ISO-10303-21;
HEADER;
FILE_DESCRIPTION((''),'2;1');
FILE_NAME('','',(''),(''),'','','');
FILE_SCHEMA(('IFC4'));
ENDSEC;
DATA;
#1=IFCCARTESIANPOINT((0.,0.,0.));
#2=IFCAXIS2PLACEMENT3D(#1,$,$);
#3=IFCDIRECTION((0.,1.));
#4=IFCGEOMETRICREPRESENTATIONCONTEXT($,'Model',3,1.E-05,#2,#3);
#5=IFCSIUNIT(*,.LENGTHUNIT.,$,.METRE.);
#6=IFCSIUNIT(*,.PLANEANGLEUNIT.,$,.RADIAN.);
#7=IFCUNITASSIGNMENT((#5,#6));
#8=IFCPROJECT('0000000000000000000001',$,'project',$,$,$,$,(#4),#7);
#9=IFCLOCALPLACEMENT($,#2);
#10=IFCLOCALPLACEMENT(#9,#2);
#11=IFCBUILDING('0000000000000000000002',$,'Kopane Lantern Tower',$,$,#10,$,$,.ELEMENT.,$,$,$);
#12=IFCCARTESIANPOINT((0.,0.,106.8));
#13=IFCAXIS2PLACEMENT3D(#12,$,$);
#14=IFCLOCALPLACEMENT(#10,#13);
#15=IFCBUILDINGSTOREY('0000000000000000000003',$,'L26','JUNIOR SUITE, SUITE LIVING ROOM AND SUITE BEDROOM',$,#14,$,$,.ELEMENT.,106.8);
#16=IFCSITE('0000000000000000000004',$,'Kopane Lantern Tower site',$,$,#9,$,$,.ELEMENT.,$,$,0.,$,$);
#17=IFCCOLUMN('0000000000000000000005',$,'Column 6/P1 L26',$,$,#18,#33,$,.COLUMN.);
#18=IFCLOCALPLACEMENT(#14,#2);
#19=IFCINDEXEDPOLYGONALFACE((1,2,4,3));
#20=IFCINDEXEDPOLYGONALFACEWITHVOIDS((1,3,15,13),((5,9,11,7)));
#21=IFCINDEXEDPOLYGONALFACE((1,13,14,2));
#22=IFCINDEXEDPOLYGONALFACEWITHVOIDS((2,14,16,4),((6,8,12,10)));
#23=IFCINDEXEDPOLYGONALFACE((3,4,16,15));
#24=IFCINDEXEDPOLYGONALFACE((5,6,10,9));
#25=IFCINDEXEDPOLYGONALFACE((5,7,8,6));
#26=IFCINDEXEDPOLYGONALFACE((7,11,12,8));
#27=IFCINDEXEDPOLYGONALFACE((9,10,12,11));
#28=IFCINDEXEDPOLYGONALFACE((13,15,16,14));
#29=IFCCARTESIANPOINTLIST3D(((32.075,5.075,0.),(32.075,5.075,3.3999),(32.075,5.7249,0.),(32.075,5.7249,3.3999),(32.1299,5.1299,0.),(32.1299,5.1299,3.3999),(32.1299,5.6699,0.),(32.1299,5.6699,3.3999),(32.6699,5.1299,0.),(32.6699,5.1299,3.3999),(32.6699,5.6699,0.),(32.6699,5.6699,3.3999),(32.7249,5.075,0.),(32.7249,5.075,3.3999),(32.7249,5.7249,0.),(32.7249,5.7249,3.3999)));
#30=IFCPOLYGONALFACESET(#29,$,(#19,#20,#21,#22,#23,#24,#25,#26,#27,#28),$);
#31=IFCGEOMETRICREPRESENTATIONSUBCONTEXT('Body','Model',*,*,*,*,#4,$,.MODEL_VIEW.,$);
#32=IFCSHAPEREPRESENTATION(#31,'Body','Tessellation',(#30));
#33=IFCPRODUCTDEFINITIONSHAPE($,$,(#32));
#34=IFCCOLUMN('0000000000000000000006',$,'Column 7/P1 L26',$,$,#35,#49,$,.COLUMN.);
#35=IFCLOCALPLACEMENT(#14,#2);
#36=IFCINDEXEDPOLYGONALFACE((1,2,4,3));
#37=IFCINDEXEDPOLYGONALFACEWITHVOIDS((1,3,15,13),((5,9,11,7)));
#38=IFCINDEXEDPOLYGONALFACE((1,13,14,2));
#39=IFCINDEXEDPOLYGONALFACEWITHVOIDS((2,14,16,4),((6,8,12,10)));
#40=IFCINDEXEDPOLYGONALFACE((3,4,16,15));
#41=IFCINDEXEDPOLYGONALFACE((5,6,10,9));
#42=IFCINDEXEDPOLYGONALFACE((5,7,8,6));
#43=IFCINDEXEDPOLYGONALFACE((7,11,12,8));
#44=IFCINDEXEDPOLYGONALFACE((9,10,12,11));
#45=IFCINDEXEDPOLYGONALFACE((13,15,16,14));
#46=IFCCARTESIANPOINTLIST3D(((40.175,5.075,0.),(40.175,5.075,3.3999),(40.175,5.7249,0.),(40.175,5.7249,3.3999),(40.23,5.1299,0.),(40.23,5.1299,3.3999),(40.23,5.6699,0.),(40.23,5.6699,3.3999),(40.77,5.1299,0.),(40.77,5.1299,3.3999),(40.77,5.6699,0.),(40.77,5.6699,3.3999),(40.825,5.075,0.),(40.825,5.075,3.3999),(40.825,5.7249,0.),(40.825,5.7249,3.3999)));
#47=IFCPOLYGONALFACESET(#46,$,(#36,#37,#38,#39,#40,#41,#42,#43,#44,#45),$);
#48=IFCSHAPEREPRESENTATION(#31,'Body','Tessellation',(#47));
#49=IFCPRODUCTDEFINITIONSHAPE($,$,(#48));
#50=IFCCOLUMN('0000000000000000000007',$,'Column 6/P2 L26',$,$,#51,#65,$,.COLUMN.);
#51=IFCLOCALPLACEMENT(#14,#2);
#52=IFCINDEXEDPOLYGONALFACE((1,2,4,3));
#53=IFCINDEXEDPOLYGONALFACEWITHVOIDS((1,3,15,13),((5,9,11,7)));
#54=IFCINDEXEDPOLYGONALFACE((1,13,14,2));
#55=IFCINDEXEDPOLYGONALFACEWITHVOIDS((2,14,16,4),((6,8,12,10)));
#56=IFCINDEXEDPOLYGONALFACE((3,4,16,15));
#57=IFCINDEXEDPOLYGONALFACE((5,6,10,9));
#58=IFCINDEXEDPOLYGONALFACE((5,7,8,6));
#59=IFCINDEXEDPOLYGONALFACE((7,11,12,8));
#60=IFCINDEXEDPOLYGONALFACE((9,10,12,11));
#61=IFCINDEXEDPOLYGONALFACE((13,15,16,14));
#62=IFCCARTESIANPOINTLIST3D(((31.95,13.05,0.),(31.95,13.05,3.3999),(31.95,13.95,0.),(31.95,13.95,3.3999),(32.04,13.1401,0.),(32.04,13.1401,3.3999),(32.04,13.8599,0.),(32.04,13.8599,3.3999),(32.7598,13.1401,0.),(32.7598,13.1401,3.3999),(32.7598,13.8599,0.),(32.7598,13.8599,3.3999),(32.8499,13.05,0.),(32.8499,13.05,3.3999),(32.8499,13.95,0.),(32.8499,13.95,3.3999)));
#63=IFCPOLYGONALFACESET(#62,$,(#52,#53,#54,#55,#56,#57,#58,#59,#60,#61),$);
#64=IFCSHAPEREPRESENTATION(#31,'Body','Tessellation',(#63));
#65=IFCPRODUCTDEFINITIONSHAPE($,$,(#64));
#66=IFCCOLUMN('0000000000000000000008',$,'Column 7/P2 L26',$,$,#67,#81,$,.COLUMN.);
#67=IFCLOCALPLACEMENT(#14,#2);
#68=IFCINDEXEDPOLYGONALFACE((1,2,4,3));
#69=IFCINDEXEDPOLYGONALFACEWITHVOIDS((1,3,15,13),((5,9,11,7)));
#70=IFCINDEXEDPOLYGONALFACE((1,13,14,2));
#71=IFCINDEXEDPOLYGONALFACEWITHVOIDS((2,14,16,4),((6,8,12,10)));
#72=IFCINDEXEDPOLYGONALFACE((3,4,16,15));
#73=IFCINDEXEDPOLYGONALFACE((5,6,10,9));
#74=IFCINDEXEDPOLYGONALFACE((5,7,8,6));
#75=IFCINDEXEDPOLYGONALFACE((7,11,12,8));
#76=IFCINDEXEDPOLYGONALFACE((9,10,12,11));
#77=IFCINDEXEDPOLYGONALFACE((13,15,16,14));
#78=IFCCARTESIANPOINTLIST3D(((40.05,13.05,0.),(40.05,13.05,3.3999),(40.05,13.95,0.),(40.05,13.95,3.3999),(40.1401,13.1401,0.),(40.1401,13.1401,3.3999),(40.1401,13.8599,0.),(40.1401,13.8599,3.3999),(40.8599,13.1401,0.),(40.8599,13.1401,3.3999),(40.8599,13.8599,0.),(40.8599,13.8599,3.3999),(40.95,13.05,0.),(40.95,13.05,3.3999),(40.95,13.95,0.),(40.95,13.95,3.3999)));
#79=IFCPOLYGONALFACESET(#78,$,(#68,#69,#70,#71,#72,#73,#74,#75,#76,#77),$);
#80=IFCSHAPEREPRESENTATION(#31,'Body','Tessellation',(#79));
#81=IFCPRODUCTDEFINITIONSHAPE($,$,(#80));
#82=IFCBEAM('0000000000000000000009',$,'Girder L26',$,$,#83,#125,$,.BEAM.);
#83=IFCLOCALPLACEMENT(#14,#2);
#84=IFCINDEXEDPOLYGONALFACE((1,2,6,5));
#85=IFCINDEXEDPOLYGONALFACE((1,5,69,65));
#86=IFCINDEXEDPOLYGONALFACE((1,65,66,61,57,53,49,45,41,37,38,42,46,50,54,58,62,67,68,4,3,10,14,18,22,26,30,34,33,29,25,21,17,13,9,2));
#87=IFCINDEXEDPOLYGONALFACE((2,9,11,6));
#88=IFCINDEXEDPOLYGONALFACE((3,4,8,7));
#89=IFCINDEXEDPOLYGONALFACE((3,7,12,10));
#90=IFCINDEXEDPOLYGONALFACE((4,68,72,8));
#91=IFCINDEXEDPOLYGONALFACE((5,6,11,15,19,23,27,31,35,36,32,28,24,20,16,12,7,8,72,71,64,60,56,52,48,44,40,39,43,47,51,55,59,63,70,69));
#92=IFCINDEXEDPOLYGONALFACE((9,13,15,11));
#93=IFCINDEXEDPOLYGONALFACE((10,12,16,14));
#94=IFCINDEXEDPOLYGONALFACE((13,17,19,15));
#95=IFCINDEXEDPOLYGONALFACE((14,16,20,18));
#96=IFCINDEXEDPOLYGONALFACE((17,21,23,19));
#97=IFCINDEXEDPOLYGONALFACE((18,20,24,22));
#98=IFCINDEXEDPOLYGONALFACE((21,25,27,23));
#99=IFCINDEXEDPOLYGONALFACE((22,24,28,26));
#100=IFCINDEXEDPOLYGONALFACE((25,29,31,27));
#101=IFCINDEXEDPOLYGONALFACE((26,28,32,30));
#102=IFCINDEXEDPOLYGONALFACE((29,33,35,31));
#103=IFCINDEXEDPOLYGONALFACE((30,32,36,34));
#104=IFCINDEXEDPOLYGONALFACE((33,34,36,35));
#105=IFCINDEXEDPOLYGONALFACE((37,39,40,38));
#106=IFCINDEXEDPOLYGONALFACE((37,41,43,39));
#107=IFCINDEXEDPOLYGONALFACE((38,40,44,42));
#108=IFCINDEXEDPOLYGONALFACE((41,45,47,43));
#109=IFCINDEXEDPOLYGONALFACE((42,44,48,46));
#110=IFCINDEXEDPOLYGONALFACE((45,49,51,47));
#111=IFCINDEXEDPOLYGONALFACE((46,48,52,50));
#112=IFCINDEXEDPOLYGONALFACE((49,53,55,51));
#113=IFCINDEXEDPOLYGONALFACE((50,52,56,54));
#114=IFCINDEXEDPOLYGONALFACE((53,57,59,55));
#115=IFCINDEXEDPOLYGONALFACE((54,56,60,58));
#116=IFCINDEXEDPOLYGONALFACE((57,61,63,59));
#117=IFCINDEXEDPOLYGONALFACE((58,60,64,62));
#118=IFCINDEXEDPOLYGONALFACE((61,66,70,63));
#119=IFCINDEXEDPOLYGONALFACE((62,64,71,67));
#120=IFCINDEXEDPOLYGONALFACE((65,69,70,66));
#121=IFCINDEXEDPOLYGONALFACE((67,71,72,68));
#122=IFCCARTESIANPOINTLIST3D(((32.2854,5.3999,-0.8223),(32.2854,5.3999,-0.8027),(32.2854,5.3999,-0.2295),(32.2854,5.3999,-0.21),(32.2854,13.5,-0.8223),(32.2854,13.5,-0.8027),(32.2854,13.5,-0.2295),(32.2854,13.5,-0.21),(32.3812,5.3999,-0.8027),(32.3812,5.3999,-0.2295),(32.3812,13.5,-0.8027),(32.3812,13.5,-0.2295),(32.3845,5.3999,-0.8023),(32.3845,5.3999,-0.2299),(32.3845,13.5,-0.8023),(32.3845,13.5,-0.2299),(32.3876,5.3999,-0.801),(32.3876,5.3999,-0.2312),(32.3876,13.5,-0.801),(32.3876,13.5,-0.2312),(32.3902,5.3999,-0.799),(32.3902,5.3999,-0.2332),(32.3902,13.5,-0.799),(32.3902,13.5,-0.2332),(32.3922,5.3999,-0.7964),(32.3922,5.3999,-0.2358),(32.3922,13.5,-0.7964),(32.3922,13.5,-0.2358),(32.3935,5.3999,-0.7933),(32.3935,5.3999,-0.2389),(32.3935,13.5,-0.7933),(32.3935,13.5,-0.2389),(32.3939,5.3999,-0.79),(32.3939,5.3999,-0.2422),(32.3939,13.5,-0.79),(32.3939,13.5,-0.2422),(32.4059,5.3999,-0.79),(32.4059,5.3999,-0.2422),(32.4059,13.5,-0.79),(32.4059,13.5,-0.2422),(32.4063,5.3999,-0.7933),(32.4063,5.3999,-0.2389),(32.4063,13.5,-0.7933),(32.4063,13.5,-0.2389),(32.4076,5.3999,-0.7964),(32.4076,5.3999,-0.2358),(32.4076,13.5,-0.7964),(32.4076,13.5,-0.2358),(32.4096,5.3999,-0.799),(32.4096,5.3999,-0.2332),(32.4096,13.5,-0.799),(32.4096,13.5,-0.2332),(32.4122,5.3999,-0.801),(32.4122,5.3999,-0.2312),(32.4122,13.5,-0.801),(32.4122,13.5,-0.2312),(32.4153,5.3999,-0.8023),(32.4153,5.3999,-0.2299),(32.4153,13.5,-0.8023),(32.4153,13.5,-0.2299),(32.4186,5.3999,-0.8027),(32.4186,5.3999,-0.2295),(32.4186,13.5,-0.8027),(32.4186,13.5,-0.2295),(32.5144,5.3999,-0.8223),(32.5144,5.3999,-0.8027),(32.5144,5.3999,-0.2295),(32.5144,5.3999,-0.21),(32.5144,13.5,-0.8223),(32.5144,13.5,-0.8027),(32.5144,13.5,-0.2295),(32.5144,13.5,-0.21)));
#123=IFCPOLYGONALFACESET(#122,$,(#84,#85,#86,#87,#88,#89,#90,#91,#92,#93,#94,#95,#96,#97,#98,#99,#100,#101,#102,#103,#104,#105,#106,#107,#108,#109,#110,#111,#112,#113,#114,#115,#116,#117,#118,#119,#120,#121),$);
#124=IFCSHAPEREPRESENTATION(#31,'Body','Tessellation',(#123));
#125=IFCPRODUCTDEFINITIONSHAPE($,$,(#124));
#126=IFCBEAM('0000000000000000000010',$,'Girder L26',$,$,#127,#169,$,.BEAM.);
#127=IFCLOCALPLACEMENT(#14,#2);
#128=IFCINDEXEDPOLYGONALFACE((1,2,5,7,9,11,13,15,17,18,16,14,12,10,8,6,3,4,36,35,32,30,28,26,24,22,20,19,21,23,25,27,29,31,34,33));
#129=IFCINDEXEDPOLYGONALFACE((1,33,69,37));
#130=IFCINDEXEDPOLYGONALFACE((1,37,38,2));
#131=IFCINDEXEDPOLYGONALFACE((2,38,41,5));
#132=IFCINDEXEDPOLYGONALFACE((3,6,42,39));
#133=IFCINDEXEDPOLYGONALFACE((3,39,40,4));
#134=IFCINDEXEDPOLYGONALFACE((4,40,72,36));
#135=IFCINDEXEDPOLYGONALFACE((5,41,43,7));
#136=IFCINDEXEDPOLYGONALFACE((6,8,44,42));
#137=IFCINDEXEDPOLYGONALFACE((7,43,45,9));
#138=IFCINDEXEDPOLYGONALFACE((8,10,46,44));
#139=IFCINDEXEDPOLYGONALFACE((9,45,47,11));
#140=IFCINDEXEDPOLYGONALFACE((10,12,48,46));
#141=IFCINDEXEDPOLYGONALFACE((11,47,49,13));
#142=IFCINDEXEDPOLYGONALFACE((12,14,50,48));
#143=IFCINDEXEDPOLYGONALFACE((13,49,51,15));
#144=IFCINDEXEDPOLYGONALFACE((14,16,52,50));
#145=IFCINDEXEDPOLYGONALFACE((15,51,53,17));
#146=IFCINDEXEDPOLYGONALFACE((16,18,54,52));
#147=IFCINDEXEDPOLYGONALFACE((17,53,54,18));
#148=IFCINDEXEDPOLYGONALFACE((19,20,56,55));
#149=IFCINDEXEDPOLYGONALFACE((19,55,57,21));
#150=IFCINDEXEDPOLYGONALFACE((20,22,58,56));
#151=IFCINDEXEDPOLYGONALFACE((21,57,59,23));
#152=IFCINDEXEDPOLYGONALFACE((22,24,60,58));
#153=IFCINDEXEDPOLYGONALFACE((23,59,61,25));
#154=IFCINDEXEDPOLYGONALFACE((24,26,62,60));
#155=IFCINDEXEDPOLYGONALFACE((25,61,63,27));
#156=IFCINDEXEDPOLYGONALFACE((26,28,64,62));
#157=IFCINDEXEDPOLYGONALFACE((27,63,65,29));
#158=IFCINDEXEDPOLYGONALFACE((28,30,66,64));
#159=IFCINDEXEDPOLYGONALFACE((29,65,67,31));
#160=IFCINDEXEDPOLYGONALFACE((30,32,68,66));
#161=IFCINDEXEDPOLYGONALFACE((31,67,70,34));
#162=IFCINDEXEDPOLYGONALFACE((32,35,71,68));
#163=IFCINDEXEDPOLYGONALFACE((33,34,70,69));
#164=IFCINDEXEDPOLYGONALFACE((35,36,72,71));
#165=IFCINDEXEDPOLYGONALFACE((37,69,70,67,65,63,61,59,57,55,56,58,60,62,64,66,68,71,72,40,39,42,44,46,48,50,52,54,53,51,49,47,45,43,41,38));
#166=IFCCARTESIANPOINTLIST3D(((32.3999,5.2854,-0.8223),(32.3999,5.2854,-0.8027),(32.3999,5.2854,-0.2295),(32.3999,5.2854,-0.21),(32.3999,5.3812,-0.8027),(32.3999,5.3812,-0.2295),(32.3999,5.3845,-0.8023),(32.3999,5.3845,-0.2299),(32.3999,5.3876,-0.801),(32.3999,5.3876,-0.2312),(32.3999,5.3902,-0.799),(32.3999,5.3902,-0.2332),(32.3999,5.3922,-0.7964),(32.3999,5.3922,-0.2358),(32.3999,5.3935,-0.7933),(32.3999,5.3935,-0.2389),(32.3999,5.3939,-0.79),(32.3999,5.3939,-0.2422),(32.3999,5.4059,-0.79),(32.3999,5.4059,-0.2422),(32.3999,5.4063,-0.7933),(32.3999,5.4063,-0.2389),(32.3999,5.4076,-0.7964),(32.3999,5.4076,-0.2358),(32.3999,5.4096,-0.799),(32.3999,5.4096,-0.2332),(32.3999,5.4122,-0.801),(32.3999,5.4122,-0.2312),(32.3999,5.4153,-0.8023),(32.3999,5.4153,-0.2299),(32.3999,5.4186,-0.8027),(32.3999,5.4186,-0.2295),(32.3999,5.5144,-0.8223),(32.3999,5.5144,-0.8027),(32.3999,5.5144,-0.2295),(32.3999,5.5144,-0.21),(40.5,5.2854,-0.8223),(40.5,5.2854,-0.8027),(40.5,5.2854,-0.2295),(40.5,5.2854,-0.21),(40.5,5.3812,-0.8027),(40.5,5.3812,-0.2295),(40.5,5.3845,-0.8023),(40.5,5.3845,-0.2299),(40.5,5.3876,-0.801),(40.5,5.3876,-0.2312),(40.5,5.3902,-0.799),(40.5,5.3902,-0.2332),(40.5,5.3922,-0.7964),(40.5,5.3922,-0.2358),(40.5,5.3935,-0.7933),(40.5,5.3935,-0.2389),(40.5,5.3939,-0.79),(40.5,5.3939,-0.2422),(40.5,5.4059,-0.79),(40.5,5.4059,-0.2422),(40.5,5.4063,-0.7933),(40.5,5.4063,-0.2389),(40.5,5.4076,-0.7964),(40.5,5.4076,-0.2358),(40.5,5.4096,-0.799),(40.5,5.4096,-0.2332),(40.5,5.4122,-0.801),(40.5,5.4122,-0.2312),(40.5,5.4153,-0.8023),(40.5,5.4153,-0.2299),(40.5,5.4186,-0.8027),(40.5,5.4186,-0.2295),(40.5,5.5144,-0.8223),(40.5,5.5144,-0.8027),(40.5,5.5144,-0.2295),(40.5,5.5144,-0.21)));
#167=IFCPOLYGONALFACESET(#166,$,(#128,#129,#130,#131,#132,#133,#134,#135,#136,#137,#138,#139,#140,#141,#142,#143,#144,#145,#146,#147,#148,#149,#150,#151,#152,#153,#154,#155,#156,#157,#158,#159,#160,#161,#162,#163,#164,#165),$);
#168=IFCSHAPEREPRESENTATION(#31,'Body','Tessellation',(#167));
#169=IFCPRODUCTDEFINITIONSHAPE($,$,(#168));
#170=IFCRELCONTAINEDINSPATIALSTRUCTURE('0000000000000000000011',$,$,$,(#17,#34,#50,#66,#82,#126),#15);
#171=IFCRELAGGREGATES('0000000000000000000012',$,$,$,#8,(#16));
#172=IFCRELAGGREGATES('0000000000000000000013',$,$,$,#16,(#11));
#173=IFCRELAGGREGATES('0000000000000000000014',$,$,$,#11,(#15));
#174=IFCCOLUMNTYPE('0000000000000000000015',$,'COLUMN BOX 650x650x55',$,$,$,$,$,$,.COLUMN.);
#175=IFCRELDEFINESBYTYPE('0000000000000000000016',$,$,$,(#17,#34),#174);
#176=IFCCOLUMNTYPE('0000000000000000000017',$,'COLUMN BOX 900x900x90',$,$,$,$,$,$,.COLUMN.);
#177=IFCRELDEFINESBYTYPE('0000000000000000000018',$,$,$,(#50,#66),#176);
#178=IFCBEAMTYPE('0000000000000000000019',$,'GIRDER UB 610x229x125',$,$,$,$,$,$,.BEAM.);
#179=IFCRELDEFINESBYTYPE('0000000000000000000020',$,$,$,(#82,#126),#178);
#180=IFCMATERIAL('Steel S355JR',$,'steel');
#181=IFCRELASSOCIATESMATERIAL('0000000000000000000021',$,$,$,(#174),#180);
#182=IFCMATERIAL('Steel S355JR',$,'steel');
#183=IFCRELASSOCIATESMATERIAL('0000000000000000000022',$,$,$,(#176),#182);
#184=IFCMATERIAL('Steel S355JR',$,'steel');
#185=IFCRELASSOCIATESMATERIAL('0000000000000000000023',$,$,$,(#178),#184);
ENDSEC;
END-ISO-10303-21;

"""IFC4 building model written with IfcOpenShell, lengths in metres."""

from ifc_helpers import new_model, si_unit, direction, frame, origin, origin_2d, place, context, subcontext, project, spatial, hollow_rectangle, i_section, extrude, material, material_profile, profile_set, type_object, element, save


model = new_model("IFC4")

# Units and contexts
model_context = context("Model", 3, precision=1e-05, world=origin(), true_north=direction((0.0, 1.0)))
body_context = subcontext(model_context, "Body", "Model", "MODEL_VIEW")
ifc_project = project(units=[si_unit("LENGTHUNIT", "METRE"), si_unit("PLANEANGLEUNIT", "RADIAN")], contexts=[model_context])

# Site, building, storey
site_placement = place(None, origin())
site = spatial("IfcSite", under=ifc_project, at=site_placement, Name="Kopane Lantern Tower site", CompositionType="ELEMENT", RefElevation=0.0)
building_placement = place(site_placement, origin())
building = spatial("IfcBuilding", under=site, at=building_placement, Name="Kopane Lantern Tower", CompositionType="ELEMENT")
storey_placement = place(building_placement, frame((0.0, 0.0, 106.8)))
storey = spatial("IfcBuildingStorey", under=building, at=storey_placement, Name="L26", Description="JUNIOR SUITE, SUITE LIVING ROOM AND SUITE BEDROOM", CompositionType="ELEMENT", Elevation=106.8)

# Columns
ifc_material_1 = material(Name="Steel S355JR", Category="steel")
ifc_material_profile_1 = material_profile(ifc_material_1, hollow_rectangle(XDim=0.6499, YDim=0.6499, WallThickness=0.0549, at=origin_2d()), Name="BOX 650x650x55")
ifc_profile_set_1 = profile_set([ifc_material_profile_1], Name="Steel S355JR")
column_type_1 = type_object("IfcColumnType", Name="COLUMN BOX 650x650x55", PredefinedType="COLUMN", material=ifc_profile_set_1)
for number, where, z_axis, x_axis, name in (
    (1, (32.3999, 5.3999, 0.0), (0.0, 0.0, 1.0), (1.0, 0.0, 0.0), "Column 6/P1 L26"),
    (2, (40.5, 5.3999, 0.0), (0.0, 0.0, 1.0), (1.0, 0.0, 0.0), "Column 7/P1 L26"),
):
    element("IfcColumn", number, at=place(storey_placement, frame(where, z_axis=z_axis, x_axis=x_axis)), inside=storey, type_object=column_type_1, Name=name, PredefinedType="COLUMN", context=body_context, shape_type="SweptSolid", body=[
        extrude(hollow_rectangle(XDim=0.6499, YDim=0.6499, WallThickness=0.0549, at=origin_2d()), origin(), (0.0, 0.0, 1.0), 3.3999),
    ])
ifc_material_2 = material(Name="Steel S355JR", Category="steel")
ifc_material_profile_2 = material_profile(ifc_material_2, hollow_rectangle(XDim=0.8999, YDim=0.8999, WallThickness=0.0901, at=origin_2d()), Name="BOX 900x900x90")
ifc_profile_set_2 = profile_set([ifc_material_profile_2], Name="Steel S355JR")
column_type_2 = type_object("IfcColumnType", Name="COLUMN BOX 900x900x90", PredefinedType="COLUMN", material=ifc_profile_set_2)
for number, where, z_axis, x_axis, name in (
    (3, (32.3999, 13.5, 0.0), (0.0, 0.0, 1.0), (1.0, 0.0, 0.0), "Column 6/P2 L26"),
    (4, (40.5, 13.5, 0.0), (0.0, 0.0, 1.0), (1.0, 0.0, 0.0), "Column 7/P2 L26"),
):
    element("IfcColumn", number, at=place(storey_placement, frame(where, z_axis=z_axis, x_axis=x_axis)), inside=storey, type_object=column_type_2, Name=name, PredefinedType="COLUMN", context=body_context, shape_type="SweptSolid", body=[
        extrude(hollow_rectangle(XDim=0.8999, YDim=0.8999, WallThickness=0.0901, at=origin_2d()), origin(), (0.0, 0.0, 1.0), 3.3999),
    ])

# Beams
ifc_material_3 = material(Name="Steel S355JR", Category="steel")
ifc_material_profile_3 = material_profile(ifc_material_3, i_section(OverallWidth=0.229, OverallDepth=0.6123, WebThickness=0.012, FlangeThickness=0.0195, FilletRadius=0.0127, at=origin_2d()), Name="UB 610x229x125")
ifc_profile_set_3 = profile_set([ifc_material_profile_3], Name="Steel S355JR")
beam_type = type_object("IfcBeamType", Name="GIRDER UB 610x229x125", PredefinedType="BEAM", material=ifc_profile_set_3)
for number, where, z_axis, x_axis, name in (
    (5, (32.3999, 5.3999, -0.5161), (0.0, 1.0, 0.0), (-1.0, 0.0, 0.0), "Girder L26"),
    (6, (32.3999, 5.3999, -0.5161), (1.0, 0.0, 0.0), (0.0, 1.0, 0.0), "Girder L26"),
):
    element("IfcBeam", number, at=place(storey_placement, frame(where, z_axis=z_axis, x_axis=x_axis)), inside=storey, type_object=beam_type, Name=name, PredefinedType="BEAM", context=body_context, shape_type="SweptSolid", body=[
        extrude(i_section(OverallWidth=0.229, OverallDepth=0.6123, WebThickness=0.012, FlangeThickness=0.0195, FilletRadius=0.0127, at=origin_2d()), origin(), (0.0, 0.0, 1.0), 8.1001),
    ])

save(model, "model.ifc")
